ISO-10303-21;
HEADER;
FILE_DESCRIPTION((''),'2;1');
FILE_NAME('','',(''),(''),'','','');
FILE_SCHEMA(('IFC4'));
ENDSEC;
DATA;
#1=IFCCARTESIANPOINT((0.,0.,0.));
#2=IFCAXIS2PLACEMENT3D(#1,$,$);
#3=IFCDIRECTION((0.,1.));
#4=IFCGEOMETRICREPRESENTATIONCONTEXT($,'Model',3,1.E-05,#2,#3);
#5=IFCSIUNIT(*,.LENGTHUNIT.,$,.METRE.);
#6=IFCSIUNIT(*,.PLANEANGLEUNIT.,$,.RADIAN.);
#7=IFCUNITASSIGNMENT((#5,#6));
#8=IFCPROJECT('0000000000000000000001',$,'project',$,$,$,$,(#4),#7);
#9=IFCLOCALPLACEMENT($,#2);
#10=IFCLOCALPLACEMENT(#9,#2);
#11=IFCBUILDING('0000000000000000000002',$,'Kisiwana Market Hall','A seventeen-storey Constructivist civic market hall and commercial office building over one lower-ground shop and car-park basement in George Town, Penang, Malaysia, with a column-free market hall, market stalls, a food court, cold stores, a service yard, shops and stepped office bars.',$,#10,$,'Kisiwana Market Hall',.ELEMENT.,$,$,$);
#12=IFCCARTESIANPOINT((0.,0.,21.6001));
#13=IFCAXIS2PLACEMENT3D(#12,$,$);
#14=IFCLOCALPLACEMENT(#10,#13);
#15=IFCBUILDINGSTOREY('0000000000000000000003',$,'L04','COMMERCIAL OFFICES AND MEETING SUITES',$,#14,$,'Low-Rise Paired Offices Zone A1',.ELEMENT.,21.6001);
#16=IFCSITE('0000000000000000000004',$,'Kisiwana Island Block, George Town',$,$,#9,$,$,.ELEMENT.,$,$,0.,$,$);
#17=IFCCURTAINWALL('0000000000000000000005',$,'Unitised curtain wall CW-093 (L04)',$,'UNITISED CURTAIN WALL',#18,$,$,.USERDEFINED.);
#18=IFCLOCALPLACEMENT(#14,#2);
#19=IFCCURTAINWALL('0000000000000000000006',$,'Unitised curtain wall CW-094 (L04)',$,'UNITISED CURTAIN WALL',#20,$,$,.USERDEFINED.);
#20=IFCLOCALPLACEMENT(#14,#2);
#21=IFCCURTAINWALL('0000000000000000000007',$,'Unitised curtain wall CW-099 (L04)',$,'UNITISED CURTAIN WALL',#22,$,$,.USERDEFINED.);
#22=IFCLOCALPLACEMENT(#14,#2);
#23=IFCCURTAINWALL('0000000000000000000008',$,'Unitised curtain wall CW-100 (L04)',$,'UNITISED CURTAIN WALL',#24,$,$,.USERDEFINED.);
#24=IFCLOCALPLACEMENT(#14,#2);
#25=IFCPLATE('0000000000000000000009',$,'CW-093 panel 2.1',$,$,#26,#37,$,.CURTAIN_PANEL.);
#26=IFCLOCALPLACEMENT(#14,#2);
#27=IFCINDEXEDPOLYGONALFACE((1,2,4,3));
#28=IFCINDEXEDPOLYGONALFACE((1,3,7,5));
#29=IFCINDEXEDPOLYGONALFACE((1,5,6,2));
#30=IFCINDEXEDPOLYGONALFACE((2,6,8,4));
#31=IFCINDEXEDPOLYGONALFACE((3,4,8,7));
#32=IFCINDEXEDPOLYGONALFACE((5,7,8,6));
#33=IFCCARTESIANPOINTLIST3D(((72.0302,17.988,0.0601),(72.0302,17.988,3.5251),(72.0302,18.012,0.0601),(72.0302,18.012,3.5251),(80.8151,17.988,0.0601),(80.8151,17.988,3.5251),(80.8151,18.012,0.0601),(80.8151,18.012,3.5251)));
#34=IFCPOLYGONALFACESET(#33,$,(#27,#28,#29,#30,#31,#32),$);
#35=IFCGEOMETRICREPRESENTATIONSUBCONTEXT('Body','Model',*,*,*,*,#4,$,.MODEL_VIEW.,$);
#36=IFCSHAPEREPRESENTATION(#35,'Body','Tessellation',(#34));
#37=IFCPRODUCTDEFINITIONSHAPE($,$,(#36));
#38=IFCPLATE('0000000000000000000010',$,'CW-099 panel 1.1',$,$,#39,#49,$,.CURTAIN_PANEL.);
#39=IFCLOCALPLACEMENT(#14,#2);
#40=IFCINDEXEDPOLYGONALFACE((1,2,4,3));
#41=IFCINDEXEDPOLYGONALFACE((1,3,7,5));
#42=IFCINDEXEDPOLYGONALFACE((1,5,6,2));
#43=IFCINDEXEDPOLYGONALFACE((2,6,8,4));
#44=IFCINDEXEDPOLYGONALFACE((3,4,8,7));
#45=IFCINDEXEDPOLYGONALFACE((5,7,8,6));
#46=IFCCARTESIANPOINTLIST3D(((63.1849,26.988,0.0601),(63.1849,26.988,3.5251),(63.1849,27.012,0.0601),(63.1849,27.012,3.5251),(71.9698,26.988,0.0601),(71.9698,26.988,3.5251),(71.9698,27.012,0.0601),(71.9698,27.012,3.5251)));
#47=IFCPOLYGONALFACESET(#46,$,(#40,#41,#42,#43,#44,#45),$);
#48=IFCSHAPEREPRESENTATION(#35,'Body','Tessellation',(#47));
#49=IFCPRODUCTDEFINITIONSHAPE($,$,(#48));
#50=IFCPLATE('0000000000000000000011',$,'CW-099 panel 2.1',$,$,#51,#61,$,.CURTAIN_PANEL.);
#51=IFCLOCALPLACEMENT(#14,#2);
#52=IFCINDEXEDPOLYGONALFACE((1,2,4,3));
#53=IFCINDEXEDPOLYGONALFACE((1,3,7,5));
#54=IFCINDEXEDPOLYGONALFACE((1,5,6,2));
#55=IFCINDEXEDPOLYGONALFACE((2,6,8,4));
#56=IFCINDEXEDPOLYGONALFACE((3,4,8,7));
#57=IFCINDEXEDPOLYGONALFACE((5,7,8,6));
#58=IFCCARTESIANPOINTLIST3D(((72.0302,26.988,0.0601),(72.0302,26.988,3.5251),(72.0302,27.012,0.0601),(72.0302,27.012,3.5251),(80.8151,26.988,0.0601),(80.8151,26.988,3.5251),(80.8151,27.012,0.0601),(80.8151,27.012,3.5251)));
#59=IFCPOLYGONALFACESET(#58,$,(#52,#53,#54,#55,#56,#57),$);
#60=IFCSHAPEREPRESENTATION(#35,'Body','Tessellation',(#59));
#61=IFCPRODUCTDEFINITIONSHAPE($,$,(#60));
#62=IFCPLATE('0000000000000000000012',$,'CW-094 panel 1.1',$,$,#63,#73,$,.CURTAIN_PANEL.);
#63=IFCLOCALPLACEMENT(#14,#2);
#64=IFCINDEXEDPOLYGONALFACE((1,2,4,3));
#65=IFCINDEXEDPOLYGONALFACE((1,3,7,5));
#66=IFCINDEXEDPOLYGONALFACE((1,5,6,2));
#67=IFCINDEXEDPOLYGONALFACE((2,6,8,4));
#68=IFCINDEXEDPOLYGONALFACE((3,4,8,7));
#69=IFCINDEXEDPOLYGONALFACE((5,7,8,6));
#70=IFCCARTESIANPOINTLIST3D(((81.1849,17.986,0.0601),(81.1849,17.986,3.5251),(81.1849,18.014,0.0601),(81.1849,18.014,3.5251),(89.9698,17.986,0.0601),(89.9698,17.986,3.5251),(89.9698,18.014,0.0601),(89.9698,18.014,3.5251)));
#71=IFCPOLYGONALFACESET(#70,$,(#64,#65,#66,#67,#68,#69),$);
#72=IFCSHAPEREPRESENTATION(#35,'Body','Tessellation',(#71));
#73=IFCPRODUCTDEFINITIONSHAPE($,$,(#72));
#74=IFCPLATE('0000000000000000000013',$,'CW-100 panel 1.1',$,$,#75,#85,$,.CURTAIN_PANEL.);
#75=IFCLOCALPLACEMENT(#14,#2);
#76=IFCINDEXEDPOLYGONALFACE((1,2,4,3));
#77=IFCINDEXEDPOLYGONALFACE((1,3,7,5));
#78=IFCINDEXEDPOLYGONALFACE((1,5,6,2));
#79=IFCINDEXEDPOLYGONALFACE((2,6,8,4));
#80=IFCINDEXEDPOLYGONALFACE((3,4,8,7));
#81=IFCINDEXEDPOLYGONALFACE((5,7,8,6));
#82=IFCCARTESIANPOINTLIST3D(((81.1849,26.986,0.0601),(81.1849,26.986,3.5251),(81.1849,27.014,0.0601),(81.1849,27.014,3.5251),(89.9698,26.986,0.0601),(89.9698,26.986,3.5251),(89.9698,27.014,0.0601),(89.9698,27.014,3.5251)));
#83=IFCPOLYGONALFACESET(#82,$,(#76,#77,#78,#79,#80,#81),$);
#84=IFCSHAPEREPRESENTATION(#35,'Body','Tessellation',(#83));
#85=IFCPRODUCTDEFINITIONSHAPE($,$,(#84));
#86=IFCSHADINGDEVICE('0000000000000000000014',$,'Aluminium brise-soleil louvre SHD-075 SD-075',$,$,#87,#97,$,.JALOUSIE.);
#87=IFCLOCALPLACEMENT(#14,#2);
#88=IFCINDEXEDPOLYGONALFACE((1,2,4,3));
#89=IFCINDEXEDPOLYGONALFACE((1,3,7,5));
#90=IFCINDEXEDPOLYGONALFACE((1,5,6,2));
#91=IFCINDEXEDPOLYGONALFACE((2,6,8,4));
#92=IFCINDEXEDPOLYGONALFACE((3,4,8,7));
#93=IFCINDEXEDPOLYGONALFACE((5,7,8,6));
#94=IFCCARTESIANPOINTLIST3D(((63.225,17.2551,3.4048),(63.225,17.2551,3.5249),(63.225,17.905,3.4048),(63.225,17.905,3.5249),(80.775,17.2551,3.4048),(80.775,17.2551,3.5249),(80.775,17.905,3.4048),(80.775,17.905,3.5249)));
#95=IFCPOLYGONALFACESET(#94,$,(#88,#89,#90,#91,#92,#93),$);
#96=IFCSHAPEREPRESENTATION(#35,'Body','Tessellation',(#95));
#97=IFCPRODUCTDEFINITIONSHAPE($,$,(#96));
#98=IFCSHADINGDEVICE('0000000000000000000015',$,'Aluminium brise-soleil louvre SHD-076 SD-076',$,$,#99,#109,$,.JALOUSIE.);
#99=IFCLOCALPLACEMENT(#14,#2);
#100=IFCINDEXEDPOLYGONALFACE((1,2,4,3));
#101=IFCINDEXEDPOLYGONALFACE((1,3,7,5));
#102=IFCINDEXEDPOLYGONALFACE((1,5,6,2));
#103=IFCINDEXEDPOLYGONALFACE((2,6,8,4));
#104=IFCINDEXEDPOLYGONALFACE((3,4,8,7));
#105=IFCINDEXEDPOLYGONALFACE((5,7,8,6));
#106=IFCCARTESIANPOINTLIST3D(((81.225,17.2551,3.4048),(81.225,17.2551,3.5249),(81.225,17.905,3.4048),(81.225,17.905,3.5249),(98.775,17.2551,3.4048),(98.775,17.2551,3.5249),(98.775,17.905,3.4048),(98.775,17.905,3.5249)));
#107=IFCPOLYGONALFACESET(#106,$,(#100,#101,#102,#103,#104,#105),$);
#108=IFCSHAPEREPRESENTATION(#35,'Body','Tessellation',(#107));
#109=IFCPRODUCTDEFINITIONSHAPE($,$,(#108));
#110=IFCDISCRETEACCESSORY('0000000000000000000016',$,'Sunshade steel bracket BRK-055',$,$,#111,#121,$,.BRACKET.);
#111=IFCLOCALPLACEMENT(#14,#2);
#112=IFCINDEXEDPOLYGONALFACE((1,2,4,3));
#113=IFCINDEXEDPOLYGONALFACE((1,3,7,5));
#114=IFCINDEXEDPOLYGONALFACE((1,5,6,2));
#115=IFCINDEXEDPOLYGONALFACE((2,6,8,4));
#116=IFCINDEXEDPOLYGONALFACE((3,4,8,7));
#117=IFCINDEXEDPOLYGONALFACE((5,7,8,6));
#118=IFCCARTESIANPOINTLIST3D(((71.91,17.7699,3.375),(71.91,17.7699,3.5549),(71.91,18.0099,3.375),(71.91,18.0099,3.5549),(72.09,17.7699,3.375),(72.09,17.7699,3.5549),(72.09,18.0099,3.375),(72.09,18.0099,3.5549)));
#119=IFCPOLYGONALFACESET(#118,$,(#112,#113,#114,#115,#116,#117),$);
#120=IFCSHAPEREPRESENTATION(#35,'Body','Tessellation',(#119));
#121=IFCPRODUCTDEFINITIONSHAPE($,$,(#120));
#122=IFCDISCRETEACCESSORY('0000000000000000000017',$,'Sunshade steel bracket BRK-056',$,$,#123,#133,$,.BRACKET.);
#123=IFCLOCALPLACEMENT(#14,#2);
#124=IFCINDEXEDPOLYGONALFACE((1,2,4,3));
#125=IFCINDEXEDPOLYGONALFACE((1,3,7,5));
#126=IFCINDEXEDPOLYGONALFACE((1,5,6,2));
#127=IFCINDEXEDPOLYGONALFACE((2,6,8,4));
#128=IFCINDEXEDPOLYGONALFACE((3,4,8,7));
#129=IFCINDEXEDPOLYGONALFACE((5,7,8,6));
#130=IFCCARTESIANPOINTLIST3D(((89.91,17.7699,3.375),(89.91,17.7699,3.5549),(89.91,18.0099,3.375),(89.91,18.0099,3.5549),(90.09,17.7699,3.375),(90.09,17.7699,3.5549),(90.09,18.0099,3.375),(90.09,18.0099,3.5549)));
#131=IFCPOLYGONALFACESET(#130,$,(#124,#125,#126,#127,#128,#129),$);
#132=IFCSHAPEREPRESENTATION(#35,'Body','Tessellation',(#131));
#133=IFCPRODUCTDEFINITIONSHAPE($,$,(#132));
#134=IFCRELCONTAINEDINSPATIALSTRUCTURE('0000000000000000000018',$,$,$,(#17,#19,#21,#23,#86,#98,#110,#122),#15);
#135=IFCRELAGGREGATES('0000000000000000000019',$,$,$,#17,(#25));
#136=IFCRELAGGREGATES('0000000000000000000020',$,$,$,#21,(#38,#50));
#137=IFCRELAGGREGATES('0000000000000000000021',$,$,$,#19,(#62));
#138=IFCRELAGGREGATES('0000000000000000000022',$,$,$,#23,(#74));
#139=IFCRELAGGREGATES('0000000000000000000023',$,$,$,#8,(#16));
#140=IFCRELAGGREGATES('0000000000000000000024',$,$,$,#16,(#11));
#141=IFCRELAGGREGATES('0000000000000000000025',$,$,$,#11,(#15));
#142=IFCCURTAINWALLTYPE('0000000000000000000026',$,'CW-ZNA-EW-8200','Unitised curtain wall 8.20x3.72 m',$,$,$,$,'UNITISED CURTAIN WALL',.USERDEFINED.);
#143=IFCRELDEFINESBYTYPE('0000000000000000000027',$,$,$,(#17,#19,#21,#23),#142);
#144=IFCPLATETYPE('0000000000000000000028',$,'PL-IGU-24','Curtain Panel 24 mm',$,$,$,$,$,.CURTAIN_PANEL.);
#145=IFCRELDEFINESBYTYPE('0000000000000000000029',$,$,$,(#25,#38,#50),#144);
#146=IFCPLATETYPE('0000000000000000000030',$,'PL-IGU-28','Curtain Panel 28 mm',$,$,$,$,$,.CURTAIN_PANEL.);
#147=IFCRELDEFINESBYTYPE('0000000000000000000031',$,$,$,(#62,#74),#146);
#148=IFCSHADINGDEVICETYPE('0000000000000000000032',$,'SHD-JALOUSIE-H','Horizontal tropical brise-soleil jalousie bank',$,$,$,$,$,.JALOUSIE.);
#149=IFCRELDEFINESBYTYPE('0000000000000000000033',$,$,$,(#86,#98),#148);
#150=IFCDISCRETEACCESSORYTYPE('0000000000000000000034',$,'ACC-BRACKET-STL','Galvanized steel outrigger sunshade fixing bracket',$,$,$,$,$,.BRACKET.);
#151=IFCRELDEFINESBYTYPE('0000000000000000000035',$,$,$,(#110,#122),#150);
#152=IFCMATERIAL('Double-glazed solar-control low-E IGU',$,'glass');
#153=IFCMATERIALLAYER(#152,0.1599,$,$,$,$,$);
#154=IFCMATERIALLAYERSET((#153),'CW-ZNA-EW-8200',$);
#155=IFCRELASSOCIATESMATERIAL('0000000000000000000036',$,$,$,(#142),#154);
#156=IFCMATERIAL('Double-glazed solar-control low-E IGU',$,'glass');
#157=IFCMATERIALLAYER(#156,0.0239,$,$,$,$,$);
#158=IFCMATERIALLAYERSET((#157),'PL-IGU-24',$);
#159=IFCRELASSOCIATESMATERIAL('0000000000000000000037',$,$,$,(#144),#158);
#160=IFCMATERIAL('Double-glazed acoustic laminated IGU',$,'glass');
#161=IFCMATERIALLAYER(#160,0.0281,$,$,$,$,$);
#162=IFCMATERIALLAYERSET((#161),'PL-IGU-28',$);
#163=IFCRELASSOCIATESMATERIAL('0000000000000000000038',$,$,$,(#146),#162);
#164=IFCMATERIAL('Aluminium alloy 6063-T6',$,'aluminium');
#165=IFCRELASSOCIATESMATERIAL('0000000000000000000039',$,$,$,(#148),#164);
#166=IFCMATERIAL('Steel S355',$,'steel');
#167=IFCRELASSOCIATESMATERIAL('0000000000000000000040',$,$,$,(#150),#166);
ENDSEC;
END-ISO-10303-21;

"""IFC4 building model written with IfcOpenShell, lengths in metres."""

from ifc_helpers import new_model, si_unit, direction, frame, origin, origin_2d, place, context, subcontext, project, spatial, rectangle, extrude, material, layer, layer_set, type_object, element, aggregate, save


model = new_model("IFC4")

# Units and contexts
model_context = context("Model", 3, precision=1e-05, world=origin(), true_north=direction((0.0, 1.0)))
body_context = subcontext(model_context, "Body", "Model", "MODEL_VIEW")
ifc_project = project(units=[si_unit("LENGTHUNIT", "METRE"), si_unit("PLANEANGLEUNIT", "RADIAN")], contexts=[model_context])

# Site, building, storey
site_placement = place(None, origin())
site = spatial("IfcSite", under=ifc_project, at=site_placement, Name="Kisiwana Island Block, George Town", CompositionType="ELEMENT", RefElevation=0.0)
building_placement = place(site_placement, origin())
building = spatial("IfcBuilding", under=site, at=building_placement, Name="Kisiwana Market Hall", Description="A seventeen-storey Constructivist civic market hall and commercial office building over one lower-ground shop and car-park basement in George Town, Penang, Malaysia, with a column-free market hall, market stalls, a food court, cold stores, a service yard, shops and stepped office bars.", LongName="Kisiwana Market Hall", CompositionType="ELEMENT")
storey_placement = place(building_placement, frame((0.0, 0.0, 21.6001)))
storey = spatial("IfcBuildingStorey", under=building, at=storey_placement, Name="L04", Description="COMMERCIAL OFFICES AND MEETING SUITES", LongName="Low-Rise Paired Offices Zone A1", CompositionType="ELEMENT", Elevation=21.6001)

# Curtain walls
ifc_material_1 = material(Name="Double-glazed solar-control low-E IGU", Category="glass")
ifc_layer_1 = layer(ifc_material_1, 0.1599)
ifc_layer_set_1 = layer_set([ifc_layer_1], Name="CW-ZNA-EW-8200")
curtain_wall_type = type_object("IfcCurtainWallType", Name="CW-ZNA-EW-8200", Description="Unitised curtain wall 8.20x3.72 m", ElementType="UNITISED CURTAIN WALL", PredefinedType="USERDEFINED", material=ifc_layer_set_1)
curtain_wall_1_placement = place(storey_placement, origin())
curtain_wall_1 = element("IfcCurtainWall", 1, at=curtain_wall_1_placement, inside=storey, type_object=curtain_wall_type, Name="Unitised curtain wall CW-093 (L04)", ObjectType="UNITISED CURTAIN WALL", PredefinedType="USERDEFINED")
curtain_wall_2_placement = place(storey_placement, origin())
curtain_wall_2 = element("IfcCurtainWall", 2, at=curtain_wall_2_placement, inside=storey, type_object=curtain_wall_type, Name="Unitised curtain wall CW-094 (L04)", ObjectType="UNITISED CURTAIN WALL", PredefinedType="USERDEFINED")
curtain_wall_3_placement = place(storey_placement, origin())
curtain_wall_3 = element("IfcCurtainWall", 3, at=curtain_wall_3_placement, inside=storey, type_object=curtain_wall_type, Name="Unitised curtain wall CW-099 (L04)", ObjectType="UNITISED CURTAIN WALL", PredefinedType="USERDEFINED")
curtain_wall_4_placement = place(storey_placement, origin())
curtain_wall_4 = element("IfcCurtainWall", 4, at=curtain_wall_4_placement, inside=storey, type_object=curtain_wall_type, Name="Unitised curtain wall CW-100 (L04)", ObjectType="UNITISED CURTAIN WALL", PredefinedType="USERDEFINED")

# Plates
ifc_material_2 = material(Name="Double-glazed solar-control low-E IGU", Category="glass")
ifc_layer_2 = layer(ifc_material_2, 0.0239)
ifc_layer_set_2 = layer_set([ifc_layer_2], Name="PL-IGU-24")
plate_type_1 = type_object("IfcPlateType", Name="PL-IGU-24", Description="Curtain Panel 24 mm", PredefinedType="CURTAIN_PANEL", material=ifc_layer_set_2)
plate_1_placement = place(storey_placement, frame((76.4226, 18.0, 0.0601), z_axis=(0.0, 0.0, 1.0), x_axis=(1.0, 0.0, 0.0)))
plate_1 = element("IfcPlate", 5, at=plate_1_placement, type_object=plate_type_1, Name="CW-093 panel 2.1", PredefinedType="CURTAIN_PANEL", context=body_context, shape_type="SweptSolid", body=[
    extrude(rectangle(XDim=8.7849, YDim=0.0239, at=origin_2d()), origin(), (0.0, 0.0, 1.0), 3.4651),
])
aggregate(curtain_wall_1, [plate_1])
plate_2_placement = place(storey_placement, frame((67.5774, 27.0, 0.0601), z_axis=(0.0, 0.0, 1.0), x_axis=(1.0, 0.0, 0.0)))
plate_2 = element("IfcPlate", 6, at=plate_2_placement, type_object=plate_type_1, Name="CW-099 panel 1.1", PredefinedType="CURTAIN_PANEL", context=body_context, shape_type="SweptSolid", body=[
    extrude(rectangle(XDim=8.7849, YDim=0.0239, at=origin_2d()), origin(), (0.0, 0.0, 1.0), 3.4651),
])
plate_3_placement = place(storey_placement, frame((76.4226, 27.0, 0.0601), z_axis=(0.0, 0.0, 1.0), x_axis=(1.0, 0.0, 0.0)))
plate_3 = element("IfcPlate", 7, at=plate_3_placement, type_object=plate_type_1, Name="CW-099 panel 2.1", PredefinedType="CURTAIN_PANEL", context=body_context, shape_type="SweptSolid", body=[
    extrude(rectangle(XDim=8.7849, YDim=0.0239, at=origin_2d()), origin(), (0.0, 0.0, 1.0), 3.4651),
])
aggregate(curtain_wall_3, [plate_2, plate_3])
ifc_material_3 = material(Name="Double-glazed acoustic laminated IGU", Category="glass")
ifc_layer_3 = layer(ifc_material_3, 0.0281)
ifc_layer_set_3 = layer_set([ifc_layer_3], Name="PL-IGU-28")
plate_type_2 = type_object("IfcPlateType", Name="PL-IGU-28", Description="Curtain Panel 28 mm", PredefinedType="CURTAIN_PANEL", material=ifc_layer_set_3)
plate_4_placement = place(storey_placement, frame((85.5774, 18.0, 0.0601), z_axis=(0.0, 0.0, 1.0), x_axis=(1.0, 0.0, 0.0)))
plate_4 = element("IfcPlate", 8, at=plate_4_placement, type_object=plate_type_2, Name="CW-094 panel 1.1", PredefinedType="CURTAIN_PANEL", context=body_context, shape_type="SweptSolid", body=[
    extrude(rectangle(XDim=8.7849, YDim=0.0281, at=origin_2d()), origin(), (0.0, 0.0, 1.0), 3.4651),
])
aggregate(curtain_wall_2, [plate_4])
plate_5_placement = place(storey_placement, frame((85.5774, 27.0, 0.0601), z_axis=(0.0, 0.0, 1.0), x_axis=(1.0, 0.0, 0.0)))
plate_5 = element("IfcPlate", 9, at=plate_5_placement, type_object=plate_type_2, Name="CW-100 panel 1.1", PredefinedType="CURTAIN_PANEL", context=body_context, shape_type="SweptSolid", body=[
    extrude(rectangle(XDim=8.7849, YDim=0.0281, at=origin_2d()), origin(), (0.0, 0.0, 1.0), 3.4651),
])
aggregate(curtain_wall_4, [plate_5])

# Shading devices
ifc_material_4 = material(Name="Aluminium alloy 6063-T6", Category="aluminium")
shading_device_type = type_object("IfcShadingDeviceType", Name="SHD-JALOUSIE-H", Description="Horizontal tropical brise-soleil jalousie bank", PredefinedType="JALOUSIE", material=ifc_material_4)
for number, where, z_axis, x_axis, name in (
    (10, (72.0, 17.5801, 3.4048), (0.0, 0.0, 1.0), (1.0, 0.0, 0.0), "Aluminium brise-soleil louvre SHD-075 SD-075"),
    (11, (90.0, 17.5801, 3.4048), (0.0, 0.0, 1.0), (1.0, 0.0, 0.0), "Aluminium brise-soleil louvre SHD-076 SD-076"),
):
    element("IfcShadingDevice", number, at=place(storey_placement, frame(where, z_axis=z_axis, x_axis=x_axis)), inside=storey, type_object=shading_device_type, Name=name, PredefinedType="JALOUSIE", context=body_context, shape_type="SweptSolid", body=[
        extrude(rectangle(XDim=17.55, YDim=0.6499, at=origin_2d()), origin(), (0.0, 0.0, 1.0), 0.1201),
    ])

# Discrete accessories
ifc_material_5 = material(Name="Steel S355", Category="steel")
discrete_accessory_type = type_object("IfcDiscreteAccessoryType", Name="ACC-BRACKET-STL", Description="Galvanized steel outrigger sunshade fixing bracket", PredefinedType="BRACKET", material=ifc_material_5)
for number, where, z_axis, x_axis, name in (
    (12, (72.0, 17.8899, 3.375), (0.0, 0.0, 1.0), (1.0, 0.0, 0.0), "Sunshade steel bracket BRK-055"),
    (13, (90.0, 17.8899, 3.375), (0.0, 0.0, 1.0), (1.0, 0.0, 0.0), "Sunshade steel bracket BRK-056"),
):
    element("IfcDiscreteAccessory", number, at=place(storey_placement, frame(where, z_axis=z_axis, x_axis=x_axis)), inside=storey, type_object=discrete_accessory_type, Name=name, PredefinedType="BRACKET", context=body_context, shape_type="SweptSolid", body=[
        extrude(rectangle(XDim=0.1799, YDim=0.24, at=origin_2d()), origin(), (0.0, 0.0, 1.0), 0.1799),
    ])

save(model, "model.ifc")
